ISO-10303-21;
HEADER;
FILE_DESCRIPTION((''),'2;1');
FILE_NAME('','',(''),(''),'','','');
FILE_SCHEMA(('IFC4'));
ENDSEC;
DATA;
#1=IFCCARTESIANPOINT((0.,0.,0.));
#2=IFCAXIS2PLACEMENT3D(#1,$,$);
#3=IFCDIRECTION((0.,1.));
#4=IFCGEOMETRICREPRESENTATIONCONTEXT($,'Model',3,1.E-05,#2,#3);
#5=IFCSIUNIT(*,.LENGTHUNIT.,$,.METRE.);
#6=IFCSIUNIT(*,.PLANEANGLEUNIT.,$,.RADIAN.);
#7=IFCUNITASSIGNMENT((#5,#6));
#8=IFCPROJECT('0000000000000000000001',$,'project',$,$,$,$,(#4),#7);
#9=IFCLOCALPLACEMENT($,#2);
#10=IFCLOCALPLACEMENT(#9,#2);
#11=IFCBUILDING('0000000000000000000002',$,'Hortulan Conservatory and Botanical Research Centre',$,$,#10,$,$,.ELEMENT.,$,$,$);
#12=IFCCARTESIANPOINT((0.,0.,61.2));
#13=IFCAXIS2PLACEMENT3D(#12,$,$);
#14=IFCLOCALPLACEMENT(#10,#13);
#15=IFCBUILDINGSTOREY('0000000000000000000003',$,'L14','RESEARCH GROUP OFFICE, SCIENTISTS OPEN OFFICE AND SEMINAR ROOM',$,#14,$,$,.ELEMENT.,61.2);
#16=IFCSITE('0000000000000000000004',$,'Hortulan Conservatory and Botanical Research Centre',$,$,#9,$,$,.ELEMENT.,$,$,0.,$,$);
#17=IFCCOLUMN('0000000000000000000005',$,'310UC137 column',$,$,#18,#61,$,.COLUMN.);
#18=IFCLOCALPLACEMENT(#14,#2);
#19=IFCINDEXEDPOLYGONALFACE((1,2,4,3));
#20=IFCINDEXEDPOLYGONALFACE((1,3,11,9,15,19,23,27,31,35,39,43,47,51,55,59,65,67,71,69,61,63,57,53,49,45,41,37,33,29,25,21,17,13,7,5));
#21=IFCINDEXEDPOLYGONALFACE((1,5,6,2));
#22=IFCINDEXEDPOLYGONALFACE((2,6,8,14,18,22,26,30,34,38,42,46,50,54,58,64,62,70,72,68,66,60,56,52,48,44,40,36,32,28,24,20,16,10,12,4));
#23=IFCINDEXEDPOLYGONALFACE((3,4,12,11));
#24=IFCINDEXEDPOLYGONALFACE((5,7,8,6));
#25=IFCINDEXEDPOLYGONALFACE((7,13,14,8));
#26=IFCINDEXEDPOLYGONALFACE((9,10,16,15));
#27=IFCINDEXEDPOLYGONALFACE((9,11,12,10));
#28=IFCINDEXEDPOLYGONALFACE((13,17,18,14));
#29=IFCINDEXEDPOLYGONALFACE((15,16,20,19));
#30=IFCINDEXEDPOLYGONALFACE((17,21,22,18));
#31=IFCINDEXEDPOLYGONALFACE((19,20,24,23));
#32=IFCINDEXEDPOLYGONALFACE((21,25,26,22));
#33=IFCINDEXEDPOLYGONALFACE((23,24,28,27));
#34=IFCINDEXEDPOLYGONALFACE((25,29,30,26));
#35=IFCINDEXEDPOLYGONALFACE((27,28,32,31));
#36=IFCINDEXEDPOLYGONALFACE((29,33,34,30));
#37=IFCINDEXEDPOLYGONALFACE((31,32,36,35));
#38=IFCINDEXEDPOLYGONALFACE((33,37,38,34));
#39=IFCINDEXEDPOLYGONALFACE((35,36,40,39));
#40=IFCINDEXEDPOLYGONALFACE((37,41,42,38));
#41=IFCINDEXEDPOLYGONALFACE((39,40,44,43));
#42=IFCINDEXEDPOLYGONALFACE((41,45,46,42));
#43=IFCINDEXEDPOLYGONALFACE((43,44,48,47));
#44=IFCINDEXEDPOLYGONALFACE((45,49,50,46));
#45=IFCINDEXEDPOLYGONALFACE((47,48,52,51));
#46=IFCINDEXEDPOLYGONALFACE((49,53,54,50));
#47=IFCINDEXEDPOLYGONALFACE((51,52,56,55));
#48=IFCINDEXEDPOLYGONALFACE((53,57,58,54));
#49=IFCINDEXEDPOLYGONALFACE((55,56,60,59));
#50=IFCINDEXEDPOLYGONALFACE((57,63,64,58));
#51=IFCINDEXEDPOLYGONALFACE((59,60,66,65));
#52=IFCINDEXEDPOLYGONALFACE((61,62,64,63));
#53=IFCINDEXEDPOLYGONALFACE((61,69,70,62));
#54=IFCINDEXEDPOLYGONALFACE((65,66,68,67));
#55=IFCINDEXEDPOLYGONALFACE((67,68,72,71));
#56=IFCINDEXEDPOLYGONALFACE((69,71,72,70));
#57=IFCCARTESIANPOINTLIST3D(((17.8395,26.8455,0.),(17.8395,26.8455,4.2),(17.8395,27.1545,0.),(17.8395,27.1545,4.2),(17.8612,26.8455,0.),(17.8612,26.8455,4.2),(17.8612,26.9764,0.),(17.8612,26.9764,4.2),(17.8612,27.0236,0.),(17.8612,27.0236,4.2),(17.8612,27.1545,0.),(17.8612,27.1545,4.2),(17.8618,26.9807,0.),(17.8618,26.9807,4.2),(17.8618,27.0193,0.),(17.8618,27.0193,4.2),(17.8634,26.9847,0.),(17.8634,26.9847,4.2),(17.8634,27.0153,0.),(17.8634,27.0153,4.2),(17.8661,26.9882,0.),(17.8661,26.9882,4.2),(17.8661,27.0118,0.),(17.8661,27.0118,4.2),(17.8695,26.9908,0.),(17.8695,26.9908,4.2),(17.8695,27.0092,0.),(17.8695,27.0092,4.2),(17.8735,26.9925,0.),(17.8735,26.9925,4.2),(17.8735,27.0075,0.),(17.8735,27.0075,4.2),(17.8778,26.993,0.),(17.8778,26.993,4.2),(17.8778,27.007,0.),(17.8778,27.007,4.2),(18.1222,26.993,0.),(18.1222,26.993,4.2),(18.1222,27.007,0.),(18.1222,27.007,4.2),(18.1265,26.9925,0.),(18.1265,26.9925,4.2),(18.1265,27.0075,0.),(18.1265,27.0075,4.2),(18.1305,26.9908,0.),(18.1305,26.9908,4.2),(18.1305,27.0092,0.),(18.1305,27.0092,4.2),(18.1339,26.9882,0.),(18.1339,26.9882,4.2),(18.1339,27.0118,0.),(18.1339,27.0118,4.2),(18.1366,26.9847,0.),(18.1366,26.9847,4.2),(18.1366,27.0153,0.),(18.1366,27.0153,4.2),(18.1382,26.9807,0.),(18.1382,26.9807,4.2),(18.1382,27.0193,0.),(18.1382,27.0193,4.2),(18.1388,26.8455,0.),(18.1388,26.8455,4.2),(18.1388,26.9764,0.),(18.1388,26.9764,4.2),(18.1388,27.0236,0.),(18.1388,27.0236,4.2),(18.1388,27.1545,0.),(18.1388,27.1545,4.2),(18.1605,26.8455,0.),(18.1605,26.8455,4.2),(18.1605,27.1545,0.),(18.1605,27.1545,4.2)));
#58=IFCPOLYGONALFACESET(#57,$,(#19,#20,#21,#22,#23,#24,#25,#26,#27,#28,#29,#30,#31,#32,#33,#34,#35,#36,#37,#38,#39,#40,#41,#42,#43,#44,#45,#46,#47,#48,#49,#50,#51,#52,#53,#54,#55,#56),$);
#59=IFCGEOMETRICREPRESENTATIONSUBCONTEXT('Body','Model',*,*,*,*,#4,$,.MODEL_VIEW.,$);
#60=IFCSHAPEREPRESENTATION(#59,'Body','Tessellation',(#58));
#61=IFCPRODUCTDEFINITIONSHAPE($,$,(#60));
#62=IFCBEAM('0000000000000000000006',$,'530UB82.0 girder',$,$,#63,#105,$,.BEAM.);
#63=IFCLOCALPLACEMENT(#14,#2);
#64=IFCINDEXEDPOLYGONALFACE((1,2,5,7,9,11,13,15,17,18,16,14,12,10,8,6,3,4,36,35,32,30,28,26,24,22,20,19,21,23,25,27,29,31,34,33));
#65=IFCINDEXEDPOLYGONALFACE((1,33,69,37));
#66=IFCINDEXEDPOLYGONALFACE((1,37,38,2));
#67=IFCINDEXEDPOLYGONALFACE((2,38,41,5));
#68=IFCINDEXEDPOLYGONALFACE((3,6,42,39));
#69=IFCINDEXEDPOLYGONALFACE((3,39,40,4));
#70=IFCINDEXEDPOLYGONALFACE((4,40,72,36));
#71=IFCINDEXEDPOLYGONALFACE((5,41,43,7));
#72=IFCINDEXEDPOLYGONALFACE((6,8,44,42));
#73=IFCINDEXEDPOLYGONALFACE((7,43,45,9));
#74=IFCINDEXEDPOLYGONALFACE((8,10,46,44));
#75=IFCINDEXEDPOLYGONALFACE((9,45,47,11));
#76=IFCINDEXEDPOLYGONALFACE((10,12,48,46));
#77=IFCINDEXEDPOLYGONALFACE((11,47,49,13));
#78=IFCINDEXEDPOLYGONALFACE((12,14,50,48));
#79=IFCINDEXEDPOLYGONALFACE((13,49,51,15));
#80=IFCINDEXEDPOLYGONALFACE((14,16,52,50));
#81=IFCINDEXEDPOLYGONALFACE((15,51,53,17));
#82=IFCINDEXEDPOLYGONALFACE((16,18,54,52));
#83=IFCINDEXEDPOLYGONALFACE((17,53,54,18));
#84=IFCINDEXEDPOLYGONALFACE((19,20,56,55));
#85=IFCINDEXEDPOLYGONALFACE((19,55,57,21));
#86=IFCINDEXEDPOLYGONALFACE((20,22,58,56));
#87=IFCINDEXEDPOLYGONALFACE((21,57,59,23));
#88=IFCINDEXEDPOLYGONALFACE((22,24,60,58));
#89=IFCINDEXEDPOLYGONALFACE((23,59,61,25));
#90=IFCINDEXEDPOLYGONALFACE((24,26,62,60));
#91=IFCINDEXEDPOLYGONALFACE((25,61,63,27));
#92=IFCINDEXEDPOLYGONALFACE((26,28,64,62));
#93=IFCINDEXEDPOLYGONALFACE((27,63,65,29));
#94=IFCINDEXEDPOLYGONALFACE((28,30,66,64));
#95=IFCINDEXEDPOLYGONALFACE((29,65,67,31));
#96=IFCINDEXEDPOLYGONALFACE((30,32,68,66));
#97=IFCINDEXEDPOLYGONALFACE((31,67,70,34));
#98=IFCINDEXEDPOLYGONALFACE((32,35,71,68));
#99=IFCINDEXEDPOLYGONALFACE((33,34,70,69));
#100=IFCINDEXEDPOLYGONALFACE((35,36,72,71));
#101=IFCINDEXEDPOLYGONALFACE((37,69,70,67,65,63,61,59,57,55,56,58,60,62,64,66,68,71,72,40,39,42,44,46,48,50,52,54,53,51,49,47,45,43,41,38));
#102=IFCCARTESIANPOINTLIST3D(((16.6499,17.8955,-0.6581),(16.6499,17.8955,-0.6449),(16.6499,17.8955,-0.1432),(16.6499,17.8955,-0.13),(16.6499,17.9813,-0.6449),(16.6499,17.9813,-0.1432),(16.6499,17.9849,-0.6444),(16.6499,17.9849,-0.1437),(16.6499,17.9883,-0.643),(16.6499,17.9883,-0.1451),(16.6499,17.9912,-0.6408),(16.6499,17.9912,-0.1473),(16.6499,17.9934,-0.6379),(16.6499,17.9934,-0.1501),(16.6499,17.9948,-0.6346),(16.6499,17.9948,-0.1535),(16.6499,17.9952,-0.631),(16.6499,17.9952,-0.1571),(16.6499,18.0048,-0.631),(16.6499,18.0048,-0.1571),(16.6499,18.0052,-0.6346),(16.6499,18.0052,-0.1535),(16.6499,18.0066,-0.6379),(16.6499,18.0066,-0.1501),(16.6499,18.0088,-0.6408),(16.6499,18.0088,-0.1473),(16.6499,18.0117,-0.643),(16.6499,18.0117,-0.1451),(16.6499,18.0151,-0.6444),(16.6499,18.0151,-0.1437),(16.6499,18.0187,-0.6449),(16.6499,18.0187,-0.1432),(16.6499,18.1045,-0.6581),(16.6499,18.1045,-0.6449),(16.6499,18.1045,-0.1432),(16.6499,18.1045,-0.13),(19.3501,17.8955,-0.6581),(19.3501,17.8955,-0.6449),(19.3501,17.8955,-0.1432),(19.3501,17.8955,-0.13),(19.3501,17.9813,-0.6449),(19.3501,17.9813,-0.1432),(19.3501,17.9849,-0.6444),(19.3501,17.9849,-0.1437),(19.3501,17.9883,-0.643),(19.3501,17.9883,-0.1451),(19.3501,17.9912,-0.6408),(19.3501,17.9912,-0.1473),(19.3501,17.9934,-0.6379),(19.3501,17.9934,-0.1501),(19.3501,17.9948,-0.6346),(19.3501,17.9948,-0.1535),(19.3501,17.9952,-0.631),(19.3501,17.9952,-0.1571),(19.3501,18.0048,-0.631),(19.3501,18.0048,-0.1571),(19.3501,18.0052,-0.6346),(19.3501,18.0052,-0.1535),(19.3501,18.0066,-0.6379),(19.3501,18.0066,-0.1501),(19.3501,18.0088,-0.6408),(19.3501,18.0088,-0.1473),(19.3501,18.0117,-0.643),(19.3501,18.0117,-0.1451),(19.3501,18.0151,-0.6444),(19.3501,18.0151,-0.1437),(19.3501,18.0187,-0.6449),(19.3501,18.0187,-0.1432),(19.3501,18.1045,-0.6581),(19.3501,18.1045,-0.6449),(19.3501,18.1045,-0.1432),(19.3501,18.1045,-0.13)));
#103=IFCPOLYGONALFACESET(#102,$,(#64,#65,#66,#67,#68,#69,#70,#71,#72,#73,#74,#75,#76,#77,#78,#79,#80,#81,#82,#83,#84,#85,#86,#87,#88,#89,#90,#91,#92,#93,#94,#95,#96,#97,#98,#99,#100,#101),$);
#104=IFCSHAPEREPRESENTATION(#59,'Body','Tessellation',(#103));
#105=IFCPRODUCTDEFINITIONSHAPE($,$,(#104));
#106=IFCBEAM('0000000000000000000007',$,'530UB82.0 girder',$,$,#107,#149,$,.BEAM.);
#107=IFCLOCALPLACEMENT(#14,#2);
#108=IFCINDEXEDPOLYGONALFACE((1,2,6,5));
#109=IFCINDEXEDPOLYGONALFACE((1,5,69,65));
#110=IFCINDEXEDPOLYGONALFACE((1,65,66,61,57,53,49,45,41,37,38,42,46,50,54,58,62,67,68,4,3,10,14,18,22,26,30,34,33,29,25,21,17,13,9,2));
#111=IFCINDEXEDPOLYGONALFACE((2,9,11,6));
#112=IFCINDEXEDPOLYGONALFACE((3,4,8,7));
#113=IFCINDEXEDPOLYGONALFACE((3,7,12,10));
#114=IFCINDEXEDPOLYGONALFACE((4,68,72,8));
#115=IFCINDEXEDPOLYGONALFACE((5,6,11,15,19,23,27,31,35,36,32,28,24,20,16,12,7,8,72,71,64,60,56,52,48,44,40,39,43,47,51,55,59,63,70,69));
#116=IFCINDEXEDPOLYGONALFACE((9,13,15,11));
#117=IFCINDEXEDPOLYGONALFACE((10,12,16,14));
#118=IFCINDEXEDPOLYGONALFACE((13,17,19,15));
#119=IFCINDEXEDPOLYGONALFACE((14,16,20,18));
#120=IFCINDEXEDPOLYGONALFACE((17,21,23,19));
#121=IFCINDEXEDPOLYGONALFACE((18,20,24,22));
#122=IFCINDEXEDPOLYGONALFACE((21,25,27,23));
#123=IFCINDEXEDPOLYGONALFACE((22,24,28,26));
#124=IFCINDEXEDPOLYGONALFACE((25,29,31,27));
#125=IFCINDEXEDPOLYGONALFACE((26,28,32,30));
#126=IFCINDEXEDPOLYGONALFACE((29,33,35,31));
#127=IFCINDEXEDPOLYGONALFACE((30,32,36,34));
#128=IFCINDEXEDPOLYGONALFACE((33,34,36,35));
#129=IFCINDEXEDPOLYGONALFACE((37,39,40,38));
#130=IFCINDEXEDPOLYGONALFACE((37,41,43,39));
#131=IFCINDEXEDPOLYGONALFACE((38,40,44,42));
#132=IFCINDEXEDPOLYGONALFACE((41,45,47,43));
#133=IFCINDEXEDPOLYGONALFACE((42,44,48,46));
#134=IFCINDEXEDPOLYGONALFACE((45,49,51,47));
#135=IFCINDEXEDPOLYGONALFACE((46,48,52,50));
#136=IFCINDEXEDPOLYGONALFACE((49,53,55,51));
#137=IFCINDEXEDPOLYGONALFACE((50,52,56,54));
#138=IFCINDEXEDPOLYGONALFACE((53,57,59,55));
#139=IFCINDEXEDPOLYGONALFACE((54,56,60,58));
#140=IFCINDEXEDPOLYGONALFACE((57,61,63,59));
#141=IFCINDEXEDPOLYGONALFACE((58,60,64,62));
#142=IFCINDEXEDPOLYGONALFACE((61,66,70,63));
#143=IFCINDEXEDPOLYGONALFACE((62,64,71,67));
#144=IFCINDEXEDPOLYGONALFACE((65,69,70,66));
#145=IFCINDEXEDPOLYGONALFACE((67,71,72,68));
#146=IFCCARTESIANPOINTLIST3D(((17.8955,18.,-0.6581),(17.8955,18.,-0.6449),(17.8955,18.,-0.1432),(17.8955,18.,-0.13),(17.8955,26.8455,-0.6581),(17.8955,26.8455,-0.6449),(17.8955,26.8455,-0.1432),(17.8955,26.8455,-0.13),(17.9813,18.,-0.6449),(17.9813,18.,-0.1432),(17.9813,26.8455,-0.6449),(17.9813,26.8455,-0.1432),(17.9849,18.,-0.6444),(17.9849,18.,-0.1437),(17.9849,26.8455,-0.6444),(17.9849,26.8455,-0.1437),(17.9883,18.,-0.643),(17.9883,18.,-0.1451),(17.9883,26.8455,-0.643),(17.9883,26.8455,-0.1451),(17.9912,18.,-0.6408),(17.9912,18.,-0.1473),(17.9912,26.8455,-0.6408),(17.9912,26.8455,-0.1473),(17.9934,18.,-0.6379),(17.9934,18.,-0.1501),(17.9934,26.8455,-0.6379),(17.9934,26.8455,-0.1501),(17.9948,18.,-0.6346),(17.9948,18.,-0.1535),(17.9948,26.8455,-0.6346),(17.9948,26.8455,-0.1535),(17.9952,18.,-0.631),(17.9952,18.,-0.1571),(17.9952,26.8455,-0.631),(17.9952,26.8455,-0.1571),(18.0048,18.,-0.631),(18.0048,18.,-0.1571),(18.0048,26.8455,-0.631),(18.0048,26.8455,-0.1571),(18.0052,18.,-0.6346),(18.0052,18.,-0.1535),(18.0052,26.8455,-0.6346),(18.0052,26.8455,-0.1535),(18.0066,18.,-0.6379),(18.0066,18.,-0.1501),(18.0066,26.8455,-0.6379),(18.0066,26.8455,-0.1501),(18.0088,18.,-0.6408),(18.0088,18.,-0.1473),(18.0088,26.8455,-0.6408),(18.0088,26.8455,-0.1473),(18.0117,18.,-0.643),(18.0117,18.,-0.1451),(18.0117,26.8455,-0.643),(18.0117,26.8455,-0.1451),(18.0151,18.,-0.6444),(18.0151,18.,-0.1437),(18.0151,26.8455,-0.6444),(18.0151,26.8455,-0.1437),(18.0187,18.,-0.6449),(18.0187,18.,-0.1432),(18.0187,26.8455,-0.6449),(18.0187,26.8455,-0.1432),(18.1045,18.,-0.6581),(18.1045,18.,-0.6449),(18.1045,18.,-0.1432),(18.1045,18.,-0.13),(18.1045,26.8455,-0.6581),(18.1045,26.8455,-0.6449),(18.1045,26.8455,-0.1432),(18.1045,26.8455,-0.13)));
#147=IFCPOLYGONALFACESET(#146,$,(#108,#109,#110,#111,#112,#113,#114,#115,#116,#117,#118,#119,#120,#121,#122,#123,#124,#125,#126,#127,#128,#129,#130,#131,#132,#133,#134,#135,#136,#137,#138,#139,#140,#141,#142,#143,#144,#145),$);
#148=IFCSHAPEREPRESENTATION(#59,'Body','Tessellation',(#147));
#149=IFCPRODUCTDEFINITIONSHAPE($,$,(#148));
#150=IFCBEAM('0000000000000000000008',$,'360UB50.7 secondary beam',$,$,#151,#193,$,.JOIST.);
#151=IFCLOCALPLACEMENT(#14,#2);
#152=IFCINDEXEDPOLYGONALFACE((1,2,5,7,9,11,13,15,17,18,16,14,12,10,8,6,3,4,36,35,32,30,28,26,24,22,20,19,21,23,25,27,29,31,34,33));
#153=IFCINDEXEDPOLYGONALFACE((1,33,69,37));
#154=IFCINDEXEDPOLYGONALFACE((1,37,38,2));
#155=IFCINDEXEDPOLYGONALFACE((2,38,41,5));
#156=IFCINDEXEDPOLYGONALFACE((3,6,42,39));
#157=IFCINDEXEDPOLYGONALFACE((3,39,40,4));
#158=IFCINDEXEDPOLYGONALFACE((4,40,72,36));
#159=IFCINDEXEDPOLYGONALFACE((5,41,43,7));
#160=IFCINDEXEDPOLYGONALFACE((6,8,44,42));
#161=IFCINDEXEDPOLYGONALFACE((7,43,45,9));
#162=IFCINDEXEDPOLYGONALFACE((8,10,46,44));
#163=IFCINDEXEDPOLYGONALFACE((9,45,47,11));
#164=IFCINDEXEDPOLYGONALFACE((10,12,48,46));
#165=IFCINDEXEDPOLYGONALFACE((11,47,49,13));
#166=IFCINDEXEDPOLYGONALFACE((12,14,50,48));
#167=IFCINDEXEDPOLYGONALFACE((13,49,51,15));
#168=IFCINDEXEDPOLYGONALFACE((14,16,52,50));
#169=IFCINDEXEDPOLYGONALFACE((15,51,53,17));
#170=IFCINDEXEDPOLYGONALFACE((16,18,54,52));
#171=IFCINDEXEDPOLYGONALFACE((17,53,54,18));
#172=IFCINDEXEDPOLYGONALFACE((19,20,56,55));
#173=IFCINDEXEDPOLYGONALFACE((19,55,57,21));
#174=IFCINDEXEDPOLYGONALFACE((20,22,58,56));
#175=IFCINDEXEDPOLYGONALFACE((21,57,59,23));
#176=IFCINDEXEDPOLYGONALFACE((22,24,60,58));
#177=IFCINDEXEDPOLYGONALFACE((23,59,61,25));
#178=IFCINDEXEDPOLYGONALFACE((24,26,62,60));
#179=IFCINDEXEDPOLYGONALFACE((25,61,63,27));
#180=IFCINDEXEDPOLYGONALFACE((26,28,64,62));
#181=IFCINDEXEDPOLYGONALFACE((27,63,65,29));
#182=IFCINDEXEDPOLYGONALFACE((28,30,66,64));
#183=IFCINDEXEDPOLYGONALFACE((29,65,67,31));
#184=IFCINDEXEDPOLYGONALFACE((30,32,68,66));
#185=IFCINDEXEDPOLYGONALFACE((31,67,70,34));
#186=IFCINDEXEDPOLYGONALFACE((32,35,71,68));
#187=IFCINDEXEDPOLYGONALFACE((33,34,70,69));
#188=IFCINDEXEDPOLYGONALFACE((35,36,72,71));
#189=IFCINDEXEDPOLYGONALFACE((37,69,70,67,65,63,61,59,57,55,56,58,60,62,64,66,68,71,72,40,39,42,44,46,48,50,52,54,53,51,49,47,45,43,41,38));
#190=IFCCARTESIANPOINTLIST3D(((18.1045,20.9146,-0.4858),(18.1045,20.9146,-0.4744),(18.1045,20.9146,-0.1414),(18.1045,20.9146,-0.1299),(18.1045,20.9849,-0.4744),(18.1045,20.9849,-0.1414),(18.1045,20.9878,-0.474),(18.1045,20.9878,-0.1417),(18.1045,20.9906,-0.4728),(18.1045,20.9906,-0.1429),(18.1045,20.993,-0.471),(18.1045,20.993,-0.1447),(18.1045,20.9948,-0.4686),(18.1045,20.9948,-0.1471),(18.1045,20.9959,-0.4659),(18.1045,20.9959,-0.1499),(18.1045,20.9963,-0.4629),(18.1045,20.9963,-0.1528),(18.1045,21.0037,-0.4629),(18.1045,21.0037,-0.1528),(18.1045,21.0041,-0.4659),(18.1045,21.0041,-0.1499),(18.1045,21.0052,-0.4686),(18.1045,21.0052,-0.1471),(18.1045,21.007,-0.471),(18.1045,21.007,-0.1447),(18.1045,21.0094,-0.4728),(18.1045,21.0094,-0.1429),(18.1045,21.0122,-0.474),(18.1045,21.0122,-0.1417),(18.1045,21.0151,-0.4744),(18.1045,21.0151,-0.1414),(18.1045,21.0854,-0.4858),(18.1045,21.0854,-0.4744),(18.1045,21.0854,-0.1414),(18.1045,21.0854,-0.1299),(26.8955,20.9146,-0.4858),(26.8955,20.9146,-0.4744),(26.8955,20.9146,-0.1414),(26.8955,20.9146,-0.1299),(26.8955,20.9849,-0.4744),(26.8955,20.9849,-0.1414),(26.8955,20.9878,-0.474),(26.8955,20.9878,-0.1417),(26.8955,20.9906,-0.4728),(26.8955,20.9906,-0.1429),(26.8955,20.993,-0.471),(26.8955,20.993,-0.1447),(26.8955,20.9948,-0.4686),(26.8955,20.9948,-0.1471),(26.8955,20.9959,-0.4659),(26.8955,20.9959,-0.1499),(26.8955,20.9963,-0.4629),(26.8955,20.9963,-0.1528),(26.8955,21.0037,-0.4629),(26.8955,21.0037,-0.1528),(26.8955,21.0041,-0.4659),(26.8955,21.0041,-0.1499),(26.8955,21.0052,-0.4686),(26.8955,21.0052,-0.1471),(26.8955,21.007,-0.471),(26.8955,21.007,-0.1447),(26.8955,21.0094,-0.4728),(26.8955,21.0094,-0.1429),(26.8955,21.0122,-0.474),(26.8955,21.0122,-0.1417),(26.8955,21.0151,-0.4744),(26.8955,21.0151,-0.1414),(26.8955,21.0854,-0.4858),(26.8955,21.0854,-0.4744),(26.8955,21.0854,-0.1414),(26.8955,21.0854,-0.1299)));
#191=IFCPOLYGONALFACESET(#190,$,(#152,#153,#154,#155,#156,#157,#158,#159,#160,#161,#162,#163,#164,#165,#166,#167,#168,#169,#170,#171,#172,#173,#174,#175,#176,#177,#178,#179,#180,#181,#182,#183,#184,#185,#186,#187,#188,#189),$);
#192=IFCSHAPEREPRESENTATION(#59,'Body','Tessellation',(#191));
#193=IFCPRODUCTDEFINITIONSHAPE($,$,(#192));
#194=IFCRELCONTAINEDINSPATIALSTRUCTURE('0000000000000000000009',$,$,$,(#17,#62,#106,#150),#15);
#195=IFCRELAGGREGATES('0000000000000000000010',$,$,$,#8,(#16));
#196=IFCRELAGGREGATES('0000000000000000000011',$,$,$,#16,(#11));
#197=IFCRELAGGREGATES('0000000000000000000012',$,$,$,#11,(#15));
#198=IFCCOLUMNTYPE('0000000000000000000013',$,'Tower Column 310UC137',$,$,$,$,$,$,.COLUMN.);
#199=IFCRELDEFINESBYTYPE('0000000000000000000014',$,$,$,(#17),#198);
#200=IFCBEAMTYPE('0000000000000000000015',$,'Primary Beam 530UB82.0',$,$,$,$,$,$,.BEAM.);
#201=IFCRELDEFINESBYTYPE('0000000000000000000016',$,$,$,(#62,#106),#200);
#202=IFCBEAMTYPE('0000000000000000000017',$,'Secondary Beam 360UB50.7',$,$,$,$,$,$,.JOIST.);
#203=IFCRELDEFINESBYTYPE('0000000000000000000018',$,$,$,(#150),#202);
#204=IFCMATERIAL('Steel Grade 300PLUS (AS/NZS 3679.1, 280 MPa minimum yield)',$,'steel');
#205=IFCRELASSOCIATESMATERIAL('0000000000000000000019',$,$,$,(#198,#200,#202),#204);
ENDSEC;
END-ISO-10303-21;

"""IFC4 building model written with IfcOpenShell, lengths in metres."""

from ifc_helpers import new_model, si_unit, direction, frame, origin, origin_2d, place, context, subcontext, project, spatial, i_section, extrude, material, material_profile, profile_set, type_object, element, save


model = new_model("IFC4")

# Units and contexts
model_context = context("Model", 3, precision=1e-05, world=origin(), true_north=direction((0.0, 1.0)))
body_context = subcontext(model_context, "Body", "Model", "MODEL_VIEW")
ifc_project = project(units=[si_unit("LENGTHUNIT", "METRE"), si_unit("PLANEANGLEUNIT", "RADIAN")], contexts=[model_context])

# Site, building, storey
site_placement = place(None, origin())
site = spatial("IfcSite", under=ifc_project, at=site_placement, Name="Hortulan Conservatory and Botanical Research Centre", CompositionType="ELEMENT", RefElevation=0.0)
building_placement = place(site_placement, origin())
building = spatial("IfcBuilding", under=site, at=building_placement, Name="Hortulan Conservatory and Botanical Research Centre", CompositionType="ELEMENT")
storey_placement = place(building_placement, frame((0.0, 0.0, 61.2)))
storey = spatial("IfcBuildingStorey", under=building, at=storey_placement, Name="L14", Description="RESEARCH GROUP OFFICE, SCIENTISTS OPEN OFFICE AND SEMINAR ROOM", CompositionType="ELEMENT", Elevation=61.2)

# Column
ifc_material_1 = material(Name="Steel Grade 300PLUS (AS/NZS 3679.1, 280 MPa minimum yield)", Category="steel")
ifc_material_profile_1 = material_profile(ifc_material_1, i_section(OverallWidth=0.3091, OverallDepth=0.321, WebThickness=0.0139, FlangeThickness=0.0217, FilletRadius=0.0166, at=origin_2d()), Name="310UC137")
ifc_profile_set_1 = profile_set([ifc_material_profile_1], Name="Steel Grade 300PLUS (AS/NZS 3679.1, 280 MPa minimum yield)")
column_type = type_object("IfcColumnType", Name="Tower Column 310UC137", PredefinedType="COLUMN", material=ifc_profile_set_1)
column_placement = place(storey_placement, frame((18.0, 27.0, 0.0), z_axis=(0.0, 0.0, 1.0), x_axis=(0.0, 1.0, 0.0)))
element("IfcColumn", 1, at=column_placement, inside=storey, type_object=column_type, Name="310UC137 column", PredefinedType="COLUMN", context=body_context, shape_type="SweptSolid", body=[
    extrude(i_section(OverallWidth=0.3091, OverallDepth=0.321, WebThickness=0.0139, FlangeThickness=0.0217, FilletRadius=0.0166, at=origin_2d()), origin(), (0.0, 0.0, 1.0), 4.2),
])

# Beams
ifc_material_profile_2 = material_profile(ifc_material_1, i_section(OverallWidth=0.209, OverallDepth=0.5281, WebThickness=0.0095, FlangeThickness=0.0132, FilletRadius=0.0139, at=origin_2d()), Name="530UB82.0")
ifc_profile_set_2 = profile_set([ifc_material_profile_2], Name="Steel Grade 300PLUS (AS/NZS 3679.1, 280 MPa minimum yield)")
beam_type_1 = type_object("IfcBeamType", Name="Primary Beam 530UB82.0", PredefinedType="BEAM", material=ifc_profile_set_2)
beam_1_placement = place(storey_placement, frame((16.6499, 18.0, -0.394), z_axis=(1.0, 0.0, 0.0), x_axis=(0.0, 1.0, 0.0)))
element("IfcBeam", 2, at=beam_1_placement, inside=storey, type_object=beam_type_1, Name="530UB82.0 girder", PredefinedType="BEAM", context=body_context, shape_type="SweptSolid", body=[
    extrude(i_section(OverallWidth=0.209, OverallDepth=0.5281, WebThickness=0.0095, FlangeThickness=0.0132, FilletRadius=0.0139, at=origin_2d()), origin(), (0.0, 0.0, 1.0), 2.7002),
])
beam_2_placement = place(storey_placement, frame((18.0, 18.0, -0.394), z_axis=(0.0, 1.0, 0.0), x_axis=(-1.0, 0.0, 0.0)))
element("IfcBeam", 3, at=beam_2_placement, inside=storey, type_object=beam_type_1, Name="530UB82.0 girder", PredefinedType="BEAM", context=body_context, shape_type="SweptSolid", body=[
    extrude(i_section(OverallWidth=0.209, OverallDepth=0.5281, WebThickness=0.0095, FlangeThickness=0.0132, FilletRadius=0.0139, at=origin_2d()), origin(), (0.0, 0.0, 1.0), 8.8455),
])
ifc_material_profile_3 = material_profile(ifc_material_1, i_section(OverallWidth=0.1709, OverallDepth=0.356, WebThickness=0.0073, FlangeThickness=0.0115, FilletRadius=0.0115, at=origin_2d()), Name="360UB50.7")
ifc_profile_set_3 = profile_set([ifc_material_profile_3], Name="Steel Grade 300PLUS (AS/NZS 3679.1, 280 MPa minimum yield)")
beam_type_2 = type_object("IfcBeamType", Name="Secondary Beam 360UB50.7", PredefinedType="JOIST", material=ifc_profile_set_3)
beam_3_placement = place(storey_placement, frame((18.1045, 21.0, -0.3079), z_axis=(1.0, 0.0, 0.0), x_axis=(0.0, 1.0, 0.0)))
element("IfcBeam", 4, at=beam_3_placement, inside=storey, type_object=beam_type_2, Name="360UB50.7 secondary beam", PredefinedType="JOIST", context=body_context, shape_type="SweptSolid", body=[
    extrude(i_section(OverallWidth=0.1709, OverallDepth=0.356, WebThickness=0.0073, FlangeThickness=0.0115, FilletRadius=0.0115, at=origin_2d()), origin(), (0.0, 0.0, 1.0), 8.791),
])

save(model, "model.ifc")
